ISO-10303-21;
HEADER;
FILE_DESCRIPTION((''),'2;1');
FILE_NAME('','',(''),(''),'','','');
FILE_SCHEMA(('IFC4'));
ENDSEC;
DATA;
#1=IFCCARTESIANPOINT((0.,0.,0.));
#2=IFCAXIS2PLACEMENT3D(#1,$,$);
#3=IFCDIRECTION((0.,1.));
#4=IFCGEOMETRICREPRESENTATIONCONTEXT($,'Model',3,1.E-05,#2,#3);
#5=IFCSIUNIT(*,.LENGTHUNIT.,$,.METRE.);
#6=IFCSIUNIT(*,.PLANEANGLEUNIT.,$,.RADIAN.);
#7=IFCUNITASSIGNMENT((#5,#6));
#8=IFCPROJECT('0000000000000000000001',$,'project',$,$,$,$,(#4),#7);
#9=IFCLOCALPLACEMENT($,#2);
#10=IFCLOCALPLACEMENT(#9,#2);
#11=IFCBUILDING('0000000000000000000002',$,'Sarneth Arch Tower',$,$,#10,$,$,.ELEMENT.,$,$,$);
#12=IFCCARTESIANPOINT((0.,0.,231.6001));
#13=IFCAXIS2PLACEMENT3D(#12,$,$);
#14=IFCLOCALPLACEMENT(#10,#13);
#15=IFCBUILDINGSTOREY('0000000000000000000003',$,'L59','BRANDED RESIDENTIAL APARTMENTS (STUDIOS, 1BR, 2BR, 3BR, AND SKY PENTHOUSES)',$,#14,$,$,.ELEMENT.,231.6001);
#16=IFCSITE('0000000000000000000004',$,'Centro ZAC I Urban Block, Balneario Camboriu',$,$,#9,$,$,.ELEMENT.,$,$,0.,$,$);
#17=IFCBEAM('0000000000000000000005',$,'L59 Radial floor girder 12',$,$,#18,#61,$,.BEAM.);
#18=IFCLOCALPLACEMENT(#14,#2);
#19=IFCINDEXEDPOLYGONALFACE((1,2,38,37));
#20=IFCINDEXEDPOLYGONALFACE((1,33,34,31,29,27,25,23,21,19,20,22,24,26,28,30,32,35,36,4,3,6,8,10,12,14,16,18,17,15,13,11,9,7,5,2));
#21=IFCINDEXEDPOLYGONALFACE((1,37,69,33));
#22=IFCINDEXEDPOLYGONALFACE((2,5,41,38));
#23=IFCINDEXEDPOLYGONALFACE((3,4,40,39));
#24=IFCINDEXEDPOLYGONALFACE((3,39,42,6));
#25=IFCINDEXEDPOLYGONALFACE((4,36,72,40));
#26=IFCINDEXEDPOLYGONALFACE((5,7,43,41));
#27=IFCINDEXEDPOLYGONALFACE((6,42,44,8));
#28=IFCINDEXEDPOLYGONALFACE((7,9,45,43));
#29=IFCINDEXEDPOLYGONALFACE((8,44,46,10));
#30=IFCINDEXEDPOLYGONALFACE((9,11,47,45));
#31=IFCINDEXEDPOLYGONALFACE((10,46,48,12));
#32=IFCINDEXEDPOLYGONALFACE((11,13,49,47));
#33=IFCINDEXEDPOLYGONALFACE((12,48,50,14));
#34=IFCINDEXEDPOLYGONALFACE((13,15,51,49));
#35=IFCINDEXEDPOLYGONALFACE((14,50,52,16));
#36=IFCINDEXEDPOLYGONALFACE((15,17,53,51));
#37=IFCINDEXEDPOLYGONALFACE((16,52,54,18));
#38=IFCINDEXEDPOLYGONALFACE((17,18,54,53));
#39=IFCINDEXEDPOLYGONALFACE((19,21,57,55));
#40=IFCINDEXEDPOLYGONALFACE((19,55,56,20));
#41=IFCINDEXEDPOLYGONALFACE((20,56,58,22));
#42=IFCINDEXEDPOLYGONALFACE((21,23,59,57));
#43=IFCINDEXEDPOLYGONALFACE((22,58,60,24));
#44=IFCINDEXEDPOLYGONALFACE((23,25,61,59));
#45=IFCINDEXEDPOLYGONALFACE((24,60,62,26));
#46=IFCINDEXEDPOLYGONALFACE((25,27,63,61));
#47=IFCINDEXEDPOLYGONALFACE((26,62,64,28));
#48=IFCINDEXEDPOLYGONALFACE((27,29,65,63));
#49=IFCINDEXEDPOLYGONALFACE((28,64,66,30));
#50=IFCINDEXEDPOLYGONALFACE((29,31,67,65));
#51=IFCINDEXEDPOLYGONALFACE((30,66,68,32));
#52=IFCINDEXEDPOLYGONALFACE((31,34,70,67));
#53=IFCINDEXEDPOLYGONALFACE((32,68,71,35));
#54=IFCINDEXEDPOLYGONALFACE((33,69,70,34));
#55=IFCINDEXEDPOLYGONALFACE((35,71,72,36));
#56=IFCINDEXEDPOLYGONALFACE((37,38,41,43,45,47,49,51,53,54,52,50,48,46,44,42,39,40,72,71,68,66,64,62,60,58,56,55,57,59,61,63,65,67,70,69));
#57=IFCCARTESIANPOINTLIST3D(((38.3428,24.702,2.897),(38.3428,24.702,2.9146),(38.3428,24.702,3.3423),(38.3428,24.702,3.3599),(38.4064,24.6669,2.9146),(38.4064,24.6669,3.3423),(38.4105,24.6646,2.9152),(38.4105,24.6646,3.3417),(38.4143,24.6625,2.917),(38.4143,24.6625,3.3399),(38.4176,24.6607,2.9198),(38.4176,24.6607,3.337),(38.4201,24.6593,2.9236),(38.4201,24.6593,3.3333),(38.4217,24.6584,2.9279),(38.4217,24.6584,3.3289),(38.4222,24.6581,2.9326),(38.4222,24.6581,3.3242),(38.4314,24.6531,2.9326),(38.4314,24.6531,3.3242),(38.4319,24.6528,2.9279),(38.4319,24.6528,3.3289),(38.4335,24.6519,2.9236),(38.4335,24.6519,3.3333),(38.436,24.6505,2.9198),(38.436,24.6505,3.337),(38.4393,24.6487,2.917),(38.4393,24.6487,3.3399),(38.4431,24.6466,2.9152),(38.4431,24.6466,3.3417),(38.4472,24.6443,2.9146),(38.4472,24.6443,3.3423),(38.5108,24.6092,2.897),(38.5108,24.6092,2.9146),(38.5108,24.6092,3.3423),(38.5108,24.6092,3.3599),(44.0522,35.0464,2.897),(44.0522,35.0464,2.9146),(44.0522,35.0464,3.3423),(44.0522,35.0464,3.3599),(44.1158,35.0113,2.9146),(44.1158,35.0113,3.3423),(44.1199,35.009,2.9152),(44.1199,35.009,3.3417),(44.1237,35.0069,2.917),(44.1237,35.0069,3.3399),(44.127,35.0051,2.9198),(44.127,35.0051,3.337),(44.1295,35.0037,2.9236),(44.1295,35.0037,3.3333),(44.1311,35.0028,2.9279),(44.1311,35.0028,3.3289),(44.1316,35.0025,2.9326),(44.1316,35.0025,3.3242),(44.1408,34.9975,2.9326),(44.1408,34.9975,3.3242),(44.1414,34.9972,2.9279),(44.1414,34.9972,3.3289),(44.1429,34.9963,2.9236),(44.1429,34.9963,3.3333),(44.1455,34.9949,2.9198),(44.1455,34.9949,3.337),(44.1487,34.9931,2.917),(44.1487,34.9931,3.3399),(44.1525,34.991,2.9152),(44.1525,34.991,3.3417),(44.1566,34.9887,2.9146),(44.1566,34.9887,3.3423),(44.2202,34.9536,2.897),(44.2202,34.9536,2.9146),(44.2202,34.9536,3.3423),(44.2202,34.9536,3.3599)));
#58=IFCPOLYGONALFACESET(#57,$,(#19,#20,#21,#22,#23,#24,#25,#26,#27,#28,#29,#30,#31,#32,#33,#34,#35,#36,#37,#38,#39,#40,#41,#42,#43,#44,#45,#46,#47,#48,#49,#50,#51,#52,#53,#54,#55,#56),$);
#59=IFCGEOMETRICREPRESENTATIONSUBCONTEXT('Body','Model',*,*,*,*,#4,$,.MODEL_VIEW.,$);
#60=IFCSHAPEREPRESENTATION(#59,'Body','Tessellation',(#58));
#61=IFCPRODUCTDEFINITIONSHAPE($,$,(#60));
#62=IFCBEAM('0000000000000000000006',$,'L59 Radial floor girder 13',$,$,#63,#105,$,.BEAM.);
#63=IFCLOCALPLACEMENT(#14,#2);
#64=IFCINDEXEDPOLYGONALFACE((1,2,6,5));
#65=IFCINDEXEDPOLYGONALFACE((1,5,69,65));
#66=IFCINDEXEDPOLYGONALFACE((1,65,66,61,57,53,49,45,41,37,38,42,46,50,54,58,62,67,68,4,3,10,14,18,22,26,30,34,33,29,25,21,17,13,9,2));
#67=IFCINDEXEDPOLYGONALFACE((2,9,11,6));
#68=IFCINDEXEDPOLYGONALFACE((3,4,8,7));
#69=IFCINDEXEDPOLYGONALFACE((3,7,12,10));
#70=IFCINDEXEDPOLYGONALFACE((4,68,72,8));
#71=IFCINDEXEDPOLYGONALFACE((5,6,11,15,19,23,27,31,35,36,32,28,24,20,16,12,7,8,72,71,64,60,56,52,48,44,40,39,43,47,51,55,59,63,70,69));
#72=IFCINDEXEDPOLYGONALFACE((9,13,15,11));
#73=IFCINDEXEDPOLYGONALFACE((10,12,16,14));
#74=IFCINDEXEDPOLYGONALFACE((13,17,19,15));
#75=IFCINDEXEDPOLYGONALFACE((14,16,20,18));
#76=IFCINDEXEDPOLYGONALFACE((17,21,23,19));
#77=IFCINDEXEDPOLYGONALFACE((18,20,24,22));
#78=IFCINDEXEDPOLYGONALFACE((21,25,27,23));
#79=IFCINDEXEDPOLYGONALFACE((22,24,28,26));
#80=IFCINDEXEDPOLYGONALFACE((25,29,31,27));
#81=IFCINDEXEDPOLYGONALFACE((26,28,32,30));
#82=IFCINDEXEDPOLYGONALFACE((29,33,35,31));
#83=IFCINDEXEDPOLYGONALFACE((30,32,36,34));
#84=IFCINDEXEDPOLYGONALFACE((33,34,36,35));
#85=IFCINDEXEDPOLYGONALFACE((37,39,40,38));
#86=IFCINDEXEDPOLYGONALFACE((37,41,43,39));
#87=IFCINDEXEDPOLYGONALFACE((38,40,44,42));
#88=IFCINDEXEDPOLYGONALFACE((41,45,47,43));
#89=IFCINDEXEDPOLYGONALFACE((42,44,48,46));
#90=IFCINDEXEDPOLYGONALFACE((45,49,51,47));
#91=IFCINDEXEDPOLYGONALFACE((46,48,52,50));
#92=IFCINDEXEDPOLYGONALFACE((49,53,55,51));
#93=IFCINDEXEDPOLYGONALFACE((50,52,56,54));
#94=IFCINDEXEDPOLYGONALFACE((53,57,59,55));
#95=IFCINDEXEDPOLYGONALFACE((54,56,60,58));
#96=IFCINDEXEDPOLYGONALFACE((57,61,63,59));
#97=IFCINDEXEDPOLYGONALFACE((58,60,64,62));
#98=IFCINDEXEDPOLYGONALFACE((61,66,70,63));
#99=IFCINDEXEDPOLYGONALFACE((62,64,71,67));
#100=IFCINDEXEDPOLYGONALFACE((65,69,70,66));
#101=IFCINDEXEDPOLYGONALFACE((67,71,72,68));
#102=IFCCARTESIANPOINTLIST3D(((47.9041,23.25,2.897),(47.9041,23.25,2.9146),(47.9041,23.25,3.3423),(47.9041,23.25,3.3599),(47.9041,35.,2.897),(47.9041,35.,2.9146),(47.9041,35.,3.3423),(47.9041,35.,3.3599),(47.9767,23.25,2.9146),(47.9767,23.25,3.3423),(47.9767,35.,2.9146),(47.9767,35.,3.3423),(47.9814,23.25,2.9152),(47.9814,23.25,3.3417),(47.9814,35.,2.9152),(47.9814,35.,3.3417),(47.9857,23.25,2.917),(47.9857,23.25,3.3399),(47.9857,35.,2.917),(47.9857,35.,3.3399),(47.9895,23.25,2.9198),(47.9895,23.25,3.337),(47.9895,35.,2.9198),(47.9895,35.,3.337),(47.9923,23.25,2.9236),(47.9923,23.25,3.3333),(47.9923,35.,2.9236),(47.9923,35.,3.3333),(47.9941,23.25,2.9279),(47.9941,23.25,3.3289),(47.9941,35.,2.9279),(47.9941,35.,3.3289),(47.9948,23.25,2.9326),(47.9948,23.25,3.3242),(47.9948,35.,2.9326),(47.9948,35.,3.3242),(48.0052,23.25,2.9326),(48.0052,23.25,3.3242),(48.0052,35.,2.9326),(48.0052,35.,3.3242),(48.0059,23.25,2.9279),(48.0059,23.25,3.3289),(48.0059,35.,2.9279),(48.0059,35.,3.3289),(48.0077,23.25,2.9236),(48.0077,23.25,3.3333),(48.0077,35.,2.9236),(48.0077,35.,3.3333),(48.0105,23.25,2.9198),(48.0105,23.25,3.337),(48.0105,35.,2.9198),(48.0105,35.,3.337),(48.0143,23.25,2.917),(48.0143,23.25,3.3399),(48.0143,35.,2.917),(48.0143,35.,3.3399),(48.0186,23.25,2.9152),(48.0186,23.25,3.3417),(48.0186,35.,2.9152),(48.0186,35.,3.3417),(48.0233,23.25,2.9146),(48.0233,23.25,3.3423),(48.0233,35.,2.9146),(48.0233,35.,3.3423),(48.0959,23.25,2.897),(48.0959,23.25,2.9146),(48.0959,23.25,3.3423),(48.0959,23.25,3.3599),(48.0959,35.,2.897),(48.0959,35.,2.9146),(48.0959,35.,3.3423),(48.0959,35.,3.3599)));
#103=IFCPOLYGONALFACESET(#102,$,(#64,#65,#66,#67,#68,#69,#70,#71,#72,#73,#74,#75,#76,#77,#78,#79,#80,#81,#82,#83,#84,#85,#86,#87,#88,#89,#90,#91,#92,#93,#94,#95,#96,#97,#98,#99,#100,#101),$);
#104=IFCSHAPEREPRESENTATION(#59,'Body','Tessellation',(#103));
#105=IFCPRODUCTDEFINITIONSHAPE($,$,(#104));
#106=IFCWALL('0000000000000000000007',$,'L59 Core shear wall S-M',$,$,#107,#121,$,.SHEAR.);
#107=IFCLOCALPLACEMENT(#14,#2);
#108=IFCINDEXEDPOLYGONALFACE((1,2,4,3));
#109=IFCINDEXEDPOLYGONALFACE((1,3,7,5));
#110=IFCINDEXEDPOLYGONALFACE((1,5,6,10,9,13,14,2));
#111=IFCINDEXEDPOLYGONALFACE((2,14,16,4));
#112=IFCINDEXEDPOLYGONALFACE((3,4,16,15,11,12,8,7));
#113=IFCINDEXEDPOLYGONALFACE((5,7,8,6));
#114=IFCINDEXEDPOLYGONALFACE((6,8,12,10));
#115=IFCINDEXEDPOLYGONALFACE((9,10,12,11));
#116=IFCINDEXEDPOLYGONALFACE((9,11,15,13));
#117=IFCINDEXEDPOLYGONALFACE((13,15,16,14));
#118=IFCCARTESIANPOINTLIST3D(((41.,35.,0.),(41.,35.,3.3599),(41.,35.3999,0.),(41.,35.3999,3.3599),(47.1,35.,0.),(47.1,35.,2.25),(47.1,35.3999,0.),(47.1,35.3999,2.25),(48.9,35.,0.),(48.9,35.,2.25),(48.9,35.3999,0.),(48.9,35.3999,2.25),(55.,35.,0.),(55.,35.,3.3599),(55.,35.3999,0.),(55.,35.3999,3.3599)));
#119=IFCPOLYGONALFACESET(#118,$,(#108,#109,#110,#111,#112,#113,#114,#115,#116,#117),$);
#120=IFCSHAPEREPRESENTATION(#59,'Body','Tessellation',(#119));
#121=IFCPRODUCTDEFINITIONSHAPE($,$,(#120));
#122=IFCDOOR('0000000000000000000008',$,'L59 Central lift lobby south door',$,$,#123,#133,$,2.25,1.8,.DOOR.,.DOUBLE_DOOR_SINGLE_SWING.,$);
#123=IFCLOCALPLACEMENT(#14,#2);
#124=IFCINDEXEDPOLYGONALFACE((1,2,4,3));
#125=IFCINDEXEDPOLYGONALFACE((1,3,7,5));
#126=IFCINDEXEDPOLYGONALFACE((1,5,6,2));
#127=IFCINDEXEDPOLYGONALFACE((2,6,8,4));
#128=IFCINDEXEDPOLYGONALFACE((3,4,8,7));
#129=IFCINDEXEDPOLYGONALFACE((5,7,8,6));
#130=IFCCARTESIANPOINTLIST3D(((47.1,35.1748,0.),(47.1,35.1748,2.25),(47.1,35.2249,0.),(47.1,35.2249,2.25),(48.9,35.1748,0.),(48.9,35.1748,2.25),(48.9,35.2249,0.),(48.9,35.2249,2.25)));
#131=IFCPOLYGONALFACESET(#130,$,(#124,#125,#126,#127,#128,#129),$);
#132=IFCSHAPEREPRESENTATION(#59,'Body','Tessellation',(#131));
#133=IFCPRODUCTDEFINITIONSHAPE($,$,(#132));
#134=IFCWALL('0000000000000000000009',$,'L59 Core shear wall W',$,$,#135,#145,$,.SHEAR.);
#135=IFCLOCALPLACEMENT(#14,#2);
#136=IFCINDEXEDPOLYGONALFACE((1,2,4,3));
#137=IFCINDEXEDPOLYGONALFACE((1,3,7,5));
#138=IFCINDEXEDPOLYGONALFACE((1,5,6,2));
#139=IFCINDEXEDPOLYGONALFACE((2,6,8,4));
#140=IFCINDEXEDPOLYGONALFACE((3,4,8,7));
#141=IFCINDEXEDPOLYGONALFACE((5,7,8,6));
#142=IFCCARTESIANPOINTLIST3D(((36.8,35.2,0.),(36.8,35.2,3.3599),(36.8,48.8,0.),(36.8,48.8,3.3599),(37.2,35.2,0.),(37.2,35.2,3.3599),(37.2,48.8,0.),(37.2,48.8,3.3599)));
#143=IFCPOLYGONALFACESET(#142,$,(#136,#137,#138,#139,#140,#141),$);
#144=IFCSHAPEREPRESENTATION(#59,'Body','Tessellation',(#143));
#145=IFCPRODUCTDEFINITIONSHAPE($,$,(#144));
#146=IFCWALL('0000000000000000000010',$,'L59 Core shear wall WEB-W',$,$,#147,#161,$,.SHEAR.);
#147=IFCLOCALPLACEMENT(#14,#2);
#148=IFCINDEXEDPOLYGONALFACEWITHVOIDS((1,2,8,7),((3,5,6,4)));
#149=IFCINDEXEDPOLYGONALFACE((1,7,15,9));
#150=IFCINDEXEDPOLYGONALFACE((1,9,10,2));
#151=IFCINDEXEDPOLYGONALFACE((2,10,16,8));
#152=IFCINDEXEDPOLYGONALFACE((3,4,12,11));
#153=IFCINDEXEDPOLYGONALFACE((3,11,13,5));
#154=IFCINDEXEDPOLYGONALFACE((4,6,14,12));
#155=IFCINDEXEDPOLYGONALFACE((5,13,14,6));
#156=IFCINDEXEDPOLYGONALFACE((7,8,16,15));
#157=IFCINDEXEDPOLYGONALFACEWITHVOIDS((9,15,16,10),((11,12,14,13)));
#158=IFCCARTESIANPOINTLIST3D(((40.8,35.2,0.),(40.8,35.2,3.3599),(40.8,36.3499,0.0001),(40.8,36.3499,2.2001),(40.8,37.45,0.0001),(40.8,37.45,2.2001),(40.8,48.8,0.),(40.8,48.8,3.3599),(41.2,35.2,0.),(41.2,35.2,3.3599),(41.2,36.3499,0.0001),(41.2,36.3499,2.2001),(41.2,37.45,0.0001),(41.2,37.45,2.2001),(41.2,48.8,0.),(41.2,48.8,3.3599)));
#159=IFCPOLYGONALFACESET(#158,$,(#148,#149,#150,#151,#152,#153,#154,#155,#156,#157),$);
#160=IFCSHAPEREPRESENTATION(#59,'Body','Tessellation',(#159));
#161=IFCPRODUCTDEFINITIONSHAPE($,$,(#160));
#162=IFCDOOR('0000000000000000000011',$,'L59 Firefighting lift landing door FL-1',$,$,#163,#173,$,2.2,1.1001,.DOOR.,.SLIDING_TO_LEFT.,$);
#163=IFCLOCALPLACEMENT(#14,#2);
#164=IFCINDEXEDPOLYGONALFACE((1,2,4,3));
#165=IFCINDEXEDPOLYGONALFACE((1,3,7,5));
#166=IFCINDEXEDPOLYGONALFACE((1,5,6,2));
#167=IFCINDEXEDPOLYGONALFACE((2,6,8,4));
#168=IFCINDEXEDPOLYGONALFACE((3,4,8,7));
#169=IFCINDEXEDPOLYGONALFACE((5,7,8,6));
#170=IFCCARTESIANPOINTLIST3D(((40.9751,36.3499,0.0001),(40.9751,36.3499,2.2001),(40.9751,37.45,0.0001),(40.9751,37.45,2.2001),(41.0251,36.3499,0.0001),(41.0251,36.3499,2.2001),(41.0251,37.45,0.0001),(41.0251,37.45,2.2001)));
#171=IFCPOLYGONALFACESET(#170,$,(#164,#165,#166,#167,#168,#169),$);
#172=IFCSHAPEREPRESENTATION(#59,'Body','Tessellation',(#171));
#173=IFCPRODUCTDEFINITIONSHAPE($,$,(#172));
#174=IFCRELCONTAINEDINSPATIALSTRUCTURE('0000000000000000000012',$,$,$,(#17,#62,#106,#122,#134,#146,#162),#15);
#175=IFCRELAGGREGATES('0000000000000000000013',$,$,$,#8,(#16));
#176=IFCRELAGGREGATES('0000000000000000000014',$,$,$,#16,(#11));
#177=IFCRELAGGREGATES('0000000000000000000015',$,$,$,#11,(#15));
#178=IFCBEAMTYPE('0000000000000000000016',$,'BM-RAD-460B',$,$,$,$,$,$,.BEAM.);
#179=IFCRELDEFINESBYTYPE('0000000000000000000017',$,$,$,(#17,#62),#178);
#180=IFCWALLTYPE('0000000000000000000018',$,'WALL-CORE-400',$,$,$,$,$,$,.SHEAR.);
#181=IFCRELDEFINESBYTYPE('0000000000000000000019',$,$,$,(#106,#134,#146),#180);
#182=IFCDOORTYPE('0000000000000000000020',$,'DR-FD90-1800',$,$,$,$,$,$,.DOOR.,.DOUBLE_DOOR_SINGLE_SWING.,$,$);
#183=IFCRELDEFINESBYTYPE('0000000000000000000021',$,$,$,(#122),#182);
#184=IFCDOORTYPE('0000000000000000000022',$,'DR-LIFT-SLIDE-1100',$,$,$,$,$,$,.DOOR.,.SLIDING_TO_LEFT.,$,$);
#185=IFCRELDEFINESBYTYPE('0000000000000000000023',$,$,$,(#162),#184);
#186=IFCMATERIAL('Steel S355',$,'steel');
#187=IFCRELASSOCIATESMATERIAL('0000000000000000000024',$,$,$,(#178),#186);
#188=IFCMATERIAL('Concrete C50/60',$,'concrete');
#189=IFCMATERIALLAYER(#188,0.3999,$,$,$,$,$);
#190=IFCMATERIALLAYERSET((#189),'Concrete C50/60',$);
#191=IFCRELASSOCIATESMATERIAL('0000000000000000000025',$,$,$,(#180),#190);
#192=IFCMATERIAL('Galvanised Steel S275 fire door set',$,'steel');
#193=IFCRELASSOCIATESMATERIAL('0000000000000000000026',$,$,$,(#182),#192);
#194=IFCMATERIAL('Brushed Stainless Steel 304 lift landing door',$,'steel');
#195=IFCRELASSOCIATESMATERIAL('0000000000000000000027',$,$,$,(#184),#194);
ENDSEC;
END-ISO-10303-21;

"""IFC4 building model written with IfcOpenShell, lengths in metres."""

from ifc_helpers import new_model, si_unit, direction, frame, frame_2d, origin, origin_2d, place, context, subcontext, project, spatial, rectangle, i_section, extrude, material, layer, layer_set, material_profile, profile_set, type_object, element, fill, save


model = new_model("IFC4")

# Units and contexts
model_context = context("Model", 3, precision=1e-05, world=origin(), true_north=direction((0.0, 1.0)))
body_context = subcontext(model_context, "Body", "Model", "MODEL_VIEW")
ifc_project = project(units=[si_unit("LENGTHUNIT", "METRE"), si_unit("PLANEANGLEUNIT", "RADIAN")], contexts=[model_context])

# Site, building, storey
site_placement = place(None, origin())
site = spatial("IfcSite", under=ifc_project, at=site_placement, Name="Centro ZAC I Urban Block, Balneario Camboriu", CompositionType="ELEMENT", RefElevation=0.0)
building_placement = place(site_placement, origin())
building = spatial("IfcBuilding", under=site, at=building_placement, Name="Sarneth Arch Tower", CompositionType="ELEMENT")
storey_placement = place(building_placement, frame((0.0, 0.0, 231.6001)))
storey = spatial("IfcBuildingStorey", under=building, at=storey_placement, Name="L59", Description="BRANDED RESIDENTIAL APARTMENTS (STUDIOS, 1BR, 2BR, 3BR, AND SKY PENTHOUSES)", CompositionType="ELEMENT", Elevation=231.6001)

# Beams
ifc_material_1 = material(Name="Steel S355", Category="steel")
ifc_material_profile_1 = material_profile(ifc_material_1, i_section(OverallWidth=0.1919, OverallDepth=0.4629, WebThickness=0.0105, FlangeThickness=0.0176, FilletRadius=0.0181, at=origin_2d()), Name="W460x89")
ifc_profile_set_1 = profile_set([ifc_material_profile_1], Name="Steel S355")
beam_type_1 = type_object("IfcBeamType", Name="BM-RAD-460B", PredefinedType="BEAM", material=ifc_profile_set_1)
beam_1_placement = place(storey_placement, frame((44.1362, 35.0, 3.1284), z_axis=(-0.483218, -0.8755, 0.0), x_axis=(0.8755, -0.483218, 0.0)))
element("IfcBeam", 1, at=beam_1_placement, inside=storey, type_object=beam_type_1, Name="L59 Radial floor girder 12", PredefinedType="BEAM", context=body_context, shape_type="SweptSolid", body=[
    extrude(i_section(OverallWidth=0.1919, OverallDepth=0.4629, WebThickness=0.0105, FlangeThickness=0.0176, FilletRadius=0.0181, at=origin_2d()), origin(), (0.0, 0.0, 1.0), 11.8154),
])
beam_2_placement = place(storey_placement, frame((48.0, 35.0, 3.1284), z_axis=(0.0, -1.0, 0.0), x_axis=(1.0, 0.0, 0.0)))
element("IfcBeam", 2, at=beam_2_placement, inside=storey, type_object=beam_type_1, Name="L59 Radial floor girder 13", PredefinedType="BEAM", context=body_context, shape_type="SweptSolid", body=[
    extrude(i_section(OverallWidth=0.1919, OverallDepth=0.4629, WebThickness=0.0105, FlangeThickness=0.0176, FilletRadius=0.0181, at=origin_2d()), origin(), (0.0, 0.0, 1.0), 11.75),
])

# Wall, opening, door
ifc_material_2 = material(Name="Concrete C50/60", Category="concrete")
ifc_layer_1 = layer(ifc_material_2, 0.3999)
ifc_layer_set_1 = layer_set([ifc_layer_1], Name="Concrete C50/60")
wall_type_1 = type_object("IfcWallType", Name="WALL-CORE-400", PredefinedType="SHEAR", material=ifc_layer_set_1)
wall_1_placement = place(storey_placement, frame((41.0, 35.2, 0.0), z_axis=(0.0, 0.0, 1.0), x_axis=(1.0, 0.0, 0.0)))
wall_1 = element("IfcWall", 3, at=wall_1_placement, inside=storey, type_object=wall_type_1, Name="L59 Core shear wall S-M", PredefinedType="SHEAR", context=body_context, shape_type="SweptSolid", body=[
    extrude(rectangle(XDim=14.0, YDim=0.3999, at=frame_2d((7.0, 0.0))), origin(), (0.0, 0.0, 1.0), 3.3599),
])
opening_1_placement = place(wall_1_placement, frame((6.1001, 0.0, 0.0)))
opening_1 = element("IfcOpeningElement", 4, at=opening_1_placement, cuts=wall_1, PredefinedType="OPENING", context=body_context, shape_type="SweptSolid", body=[
    extrude(rectangle(XDim=1.8, YDim=2.25, at=frame_2d((0.8999, 1.125))), frame((0.0, 0.21, 0.0), z_axis=(0.0, -1.0, 0.0), x_axis=(1.0, 0.0, 0.0)), (0.0, 0.0, 1.0), 0.4199),
])
ifc_material_3 = material(Name="Galvanised Steel S275 fire door set", Category="steel")
door_type_1 = type_object("IfcDoorType", Name="DR-FD90-1800", OperationType="DOUBLE_DOOR_SINGLE_SWING", PredefinedType="DOOR", material=ifc_material_3)
door_1_placement = place(opening_1_placement, origin())
door_1 = element("IfcDoor", 5, at=door_1_placement, inside=storey, type_object=door_type_1, Name="L59 Central lift lobby south door", OperationType="DOUBLE_DOOR_SINGLE_SWING", OverallHeight=2.25, OverallWidth=1.8, PredefinedType="DOOR", context=body_context, shape_type="SweptSolid", body=[
    extrude(rectangle(XDim=1.8, YDim=2.25, at=frame_2d((0.8999, 1.125))), frame((0.0, 0.0249, 0.0), z_axis=(0.0, -1.0, 0.0), x_axis=(1.0, 0.0, 0.0)), (0.0, 0.0, 1.0), 0.05),
])
fill(opening_1, door_1)

# Wall
wall_2_placement = place(storey_placement, frame((37.0, 35.2, 0.0), z_axis=(0.0, 0.0, 1.0), x_axis=(0.0, 1.0, 0.0)))
element("IfcWall", 6, at=wall_2_placement, inside=storey, type_object=wall_type_1, Name="L59 Core shear wall W", PredefinedType="SHEAR", context=body_context, shape_type="SweptSolid", body=[
    extrude(rectangle(XDim=13.6001, YDim=0.3999, at=frame_2d((6.8, 0.0))), origin(), (0.0, 0.0, 1.0), 3.3599),
])

# Wall, opening, door
wall_3_placement = place(storey_placement, frame((41.0, 35.2, 0.0), z_axis=(0.0, 0.0, 1.0), x_axis=(0.0, 1.0, 0.0)))
wall_3 = element("IfcWall", 7, at=wall_3_placement, inside=storey, type_object=wall_type_1, Name="L59 Core shear wall WEB-W", PredefinedType="SHEAR", context=body_context, shape_type="SweptSolid", body=[
    extrude(rectangle(XDim=13.6001, YDim=0.3999, at=frame_2d((6.8, 0.0))), origin(), (0.0, 0.0, 1.0), 3.3599),
])
opening_2_placement = place(wall_3_placement, frame((1.1499, 0.0, 0.0)))
opening_2 = element("IfcOpeningElement", 8, at=opening_2_placement, cuts=wall_3, PredefinedType="OPENING", context=body_context, shape_type="SweptSolid", body=[
    extrude(rectangle(XDim=1.1001, YDim=2.2, at=frame_2d((0.55, 1.1001))), frame((0.0, 0.21, 0.0), z_axis=(0.0, -1.0, 0.0), x_axis=(1.0, 0.0, 0.0)), (0.0, 0.0, 1.0), 0.4199),
])
ifc_material_4 = material(Name="Brushed Stainless Steel 304 lift landing door", Category="steel")
door_type_2 = type_object("IfcDoorType", Name="DR-LIFT-SLIDE-1100", OperationType="SLIDING_TO_LEFT", PredefinedType="DOOR", material=ifc_material_4)
door_2_placement = place(opening_2_placement, origin())
door_2 = element("IfcDoor", 9, at=door_2_placement, inside=storey, type_object=door_type_2, Name="L59 Firefighting lift landing door FL-1", OperationType="SLIDING_TO_LEFT", OverallHeight=2.2, OverallWidth=1.1001, PredefinedType="DOOR", context=body_context, shape_type="SweptSolid", body=[
    extrude(rectangle(XDim=1.1001, YDim=2.2, at=frame_2d((0.55, 1.1001))), frame((0.0, 0.0249, 0.0), z_axis=(0.0, -1.0, 0.0), x_axis=(1.0, 0.0, 0.0)), (0.0, 0.0, 1.0), 0.05),
])
fill(opening_2, door_2)

save(model, "model.ifc")
